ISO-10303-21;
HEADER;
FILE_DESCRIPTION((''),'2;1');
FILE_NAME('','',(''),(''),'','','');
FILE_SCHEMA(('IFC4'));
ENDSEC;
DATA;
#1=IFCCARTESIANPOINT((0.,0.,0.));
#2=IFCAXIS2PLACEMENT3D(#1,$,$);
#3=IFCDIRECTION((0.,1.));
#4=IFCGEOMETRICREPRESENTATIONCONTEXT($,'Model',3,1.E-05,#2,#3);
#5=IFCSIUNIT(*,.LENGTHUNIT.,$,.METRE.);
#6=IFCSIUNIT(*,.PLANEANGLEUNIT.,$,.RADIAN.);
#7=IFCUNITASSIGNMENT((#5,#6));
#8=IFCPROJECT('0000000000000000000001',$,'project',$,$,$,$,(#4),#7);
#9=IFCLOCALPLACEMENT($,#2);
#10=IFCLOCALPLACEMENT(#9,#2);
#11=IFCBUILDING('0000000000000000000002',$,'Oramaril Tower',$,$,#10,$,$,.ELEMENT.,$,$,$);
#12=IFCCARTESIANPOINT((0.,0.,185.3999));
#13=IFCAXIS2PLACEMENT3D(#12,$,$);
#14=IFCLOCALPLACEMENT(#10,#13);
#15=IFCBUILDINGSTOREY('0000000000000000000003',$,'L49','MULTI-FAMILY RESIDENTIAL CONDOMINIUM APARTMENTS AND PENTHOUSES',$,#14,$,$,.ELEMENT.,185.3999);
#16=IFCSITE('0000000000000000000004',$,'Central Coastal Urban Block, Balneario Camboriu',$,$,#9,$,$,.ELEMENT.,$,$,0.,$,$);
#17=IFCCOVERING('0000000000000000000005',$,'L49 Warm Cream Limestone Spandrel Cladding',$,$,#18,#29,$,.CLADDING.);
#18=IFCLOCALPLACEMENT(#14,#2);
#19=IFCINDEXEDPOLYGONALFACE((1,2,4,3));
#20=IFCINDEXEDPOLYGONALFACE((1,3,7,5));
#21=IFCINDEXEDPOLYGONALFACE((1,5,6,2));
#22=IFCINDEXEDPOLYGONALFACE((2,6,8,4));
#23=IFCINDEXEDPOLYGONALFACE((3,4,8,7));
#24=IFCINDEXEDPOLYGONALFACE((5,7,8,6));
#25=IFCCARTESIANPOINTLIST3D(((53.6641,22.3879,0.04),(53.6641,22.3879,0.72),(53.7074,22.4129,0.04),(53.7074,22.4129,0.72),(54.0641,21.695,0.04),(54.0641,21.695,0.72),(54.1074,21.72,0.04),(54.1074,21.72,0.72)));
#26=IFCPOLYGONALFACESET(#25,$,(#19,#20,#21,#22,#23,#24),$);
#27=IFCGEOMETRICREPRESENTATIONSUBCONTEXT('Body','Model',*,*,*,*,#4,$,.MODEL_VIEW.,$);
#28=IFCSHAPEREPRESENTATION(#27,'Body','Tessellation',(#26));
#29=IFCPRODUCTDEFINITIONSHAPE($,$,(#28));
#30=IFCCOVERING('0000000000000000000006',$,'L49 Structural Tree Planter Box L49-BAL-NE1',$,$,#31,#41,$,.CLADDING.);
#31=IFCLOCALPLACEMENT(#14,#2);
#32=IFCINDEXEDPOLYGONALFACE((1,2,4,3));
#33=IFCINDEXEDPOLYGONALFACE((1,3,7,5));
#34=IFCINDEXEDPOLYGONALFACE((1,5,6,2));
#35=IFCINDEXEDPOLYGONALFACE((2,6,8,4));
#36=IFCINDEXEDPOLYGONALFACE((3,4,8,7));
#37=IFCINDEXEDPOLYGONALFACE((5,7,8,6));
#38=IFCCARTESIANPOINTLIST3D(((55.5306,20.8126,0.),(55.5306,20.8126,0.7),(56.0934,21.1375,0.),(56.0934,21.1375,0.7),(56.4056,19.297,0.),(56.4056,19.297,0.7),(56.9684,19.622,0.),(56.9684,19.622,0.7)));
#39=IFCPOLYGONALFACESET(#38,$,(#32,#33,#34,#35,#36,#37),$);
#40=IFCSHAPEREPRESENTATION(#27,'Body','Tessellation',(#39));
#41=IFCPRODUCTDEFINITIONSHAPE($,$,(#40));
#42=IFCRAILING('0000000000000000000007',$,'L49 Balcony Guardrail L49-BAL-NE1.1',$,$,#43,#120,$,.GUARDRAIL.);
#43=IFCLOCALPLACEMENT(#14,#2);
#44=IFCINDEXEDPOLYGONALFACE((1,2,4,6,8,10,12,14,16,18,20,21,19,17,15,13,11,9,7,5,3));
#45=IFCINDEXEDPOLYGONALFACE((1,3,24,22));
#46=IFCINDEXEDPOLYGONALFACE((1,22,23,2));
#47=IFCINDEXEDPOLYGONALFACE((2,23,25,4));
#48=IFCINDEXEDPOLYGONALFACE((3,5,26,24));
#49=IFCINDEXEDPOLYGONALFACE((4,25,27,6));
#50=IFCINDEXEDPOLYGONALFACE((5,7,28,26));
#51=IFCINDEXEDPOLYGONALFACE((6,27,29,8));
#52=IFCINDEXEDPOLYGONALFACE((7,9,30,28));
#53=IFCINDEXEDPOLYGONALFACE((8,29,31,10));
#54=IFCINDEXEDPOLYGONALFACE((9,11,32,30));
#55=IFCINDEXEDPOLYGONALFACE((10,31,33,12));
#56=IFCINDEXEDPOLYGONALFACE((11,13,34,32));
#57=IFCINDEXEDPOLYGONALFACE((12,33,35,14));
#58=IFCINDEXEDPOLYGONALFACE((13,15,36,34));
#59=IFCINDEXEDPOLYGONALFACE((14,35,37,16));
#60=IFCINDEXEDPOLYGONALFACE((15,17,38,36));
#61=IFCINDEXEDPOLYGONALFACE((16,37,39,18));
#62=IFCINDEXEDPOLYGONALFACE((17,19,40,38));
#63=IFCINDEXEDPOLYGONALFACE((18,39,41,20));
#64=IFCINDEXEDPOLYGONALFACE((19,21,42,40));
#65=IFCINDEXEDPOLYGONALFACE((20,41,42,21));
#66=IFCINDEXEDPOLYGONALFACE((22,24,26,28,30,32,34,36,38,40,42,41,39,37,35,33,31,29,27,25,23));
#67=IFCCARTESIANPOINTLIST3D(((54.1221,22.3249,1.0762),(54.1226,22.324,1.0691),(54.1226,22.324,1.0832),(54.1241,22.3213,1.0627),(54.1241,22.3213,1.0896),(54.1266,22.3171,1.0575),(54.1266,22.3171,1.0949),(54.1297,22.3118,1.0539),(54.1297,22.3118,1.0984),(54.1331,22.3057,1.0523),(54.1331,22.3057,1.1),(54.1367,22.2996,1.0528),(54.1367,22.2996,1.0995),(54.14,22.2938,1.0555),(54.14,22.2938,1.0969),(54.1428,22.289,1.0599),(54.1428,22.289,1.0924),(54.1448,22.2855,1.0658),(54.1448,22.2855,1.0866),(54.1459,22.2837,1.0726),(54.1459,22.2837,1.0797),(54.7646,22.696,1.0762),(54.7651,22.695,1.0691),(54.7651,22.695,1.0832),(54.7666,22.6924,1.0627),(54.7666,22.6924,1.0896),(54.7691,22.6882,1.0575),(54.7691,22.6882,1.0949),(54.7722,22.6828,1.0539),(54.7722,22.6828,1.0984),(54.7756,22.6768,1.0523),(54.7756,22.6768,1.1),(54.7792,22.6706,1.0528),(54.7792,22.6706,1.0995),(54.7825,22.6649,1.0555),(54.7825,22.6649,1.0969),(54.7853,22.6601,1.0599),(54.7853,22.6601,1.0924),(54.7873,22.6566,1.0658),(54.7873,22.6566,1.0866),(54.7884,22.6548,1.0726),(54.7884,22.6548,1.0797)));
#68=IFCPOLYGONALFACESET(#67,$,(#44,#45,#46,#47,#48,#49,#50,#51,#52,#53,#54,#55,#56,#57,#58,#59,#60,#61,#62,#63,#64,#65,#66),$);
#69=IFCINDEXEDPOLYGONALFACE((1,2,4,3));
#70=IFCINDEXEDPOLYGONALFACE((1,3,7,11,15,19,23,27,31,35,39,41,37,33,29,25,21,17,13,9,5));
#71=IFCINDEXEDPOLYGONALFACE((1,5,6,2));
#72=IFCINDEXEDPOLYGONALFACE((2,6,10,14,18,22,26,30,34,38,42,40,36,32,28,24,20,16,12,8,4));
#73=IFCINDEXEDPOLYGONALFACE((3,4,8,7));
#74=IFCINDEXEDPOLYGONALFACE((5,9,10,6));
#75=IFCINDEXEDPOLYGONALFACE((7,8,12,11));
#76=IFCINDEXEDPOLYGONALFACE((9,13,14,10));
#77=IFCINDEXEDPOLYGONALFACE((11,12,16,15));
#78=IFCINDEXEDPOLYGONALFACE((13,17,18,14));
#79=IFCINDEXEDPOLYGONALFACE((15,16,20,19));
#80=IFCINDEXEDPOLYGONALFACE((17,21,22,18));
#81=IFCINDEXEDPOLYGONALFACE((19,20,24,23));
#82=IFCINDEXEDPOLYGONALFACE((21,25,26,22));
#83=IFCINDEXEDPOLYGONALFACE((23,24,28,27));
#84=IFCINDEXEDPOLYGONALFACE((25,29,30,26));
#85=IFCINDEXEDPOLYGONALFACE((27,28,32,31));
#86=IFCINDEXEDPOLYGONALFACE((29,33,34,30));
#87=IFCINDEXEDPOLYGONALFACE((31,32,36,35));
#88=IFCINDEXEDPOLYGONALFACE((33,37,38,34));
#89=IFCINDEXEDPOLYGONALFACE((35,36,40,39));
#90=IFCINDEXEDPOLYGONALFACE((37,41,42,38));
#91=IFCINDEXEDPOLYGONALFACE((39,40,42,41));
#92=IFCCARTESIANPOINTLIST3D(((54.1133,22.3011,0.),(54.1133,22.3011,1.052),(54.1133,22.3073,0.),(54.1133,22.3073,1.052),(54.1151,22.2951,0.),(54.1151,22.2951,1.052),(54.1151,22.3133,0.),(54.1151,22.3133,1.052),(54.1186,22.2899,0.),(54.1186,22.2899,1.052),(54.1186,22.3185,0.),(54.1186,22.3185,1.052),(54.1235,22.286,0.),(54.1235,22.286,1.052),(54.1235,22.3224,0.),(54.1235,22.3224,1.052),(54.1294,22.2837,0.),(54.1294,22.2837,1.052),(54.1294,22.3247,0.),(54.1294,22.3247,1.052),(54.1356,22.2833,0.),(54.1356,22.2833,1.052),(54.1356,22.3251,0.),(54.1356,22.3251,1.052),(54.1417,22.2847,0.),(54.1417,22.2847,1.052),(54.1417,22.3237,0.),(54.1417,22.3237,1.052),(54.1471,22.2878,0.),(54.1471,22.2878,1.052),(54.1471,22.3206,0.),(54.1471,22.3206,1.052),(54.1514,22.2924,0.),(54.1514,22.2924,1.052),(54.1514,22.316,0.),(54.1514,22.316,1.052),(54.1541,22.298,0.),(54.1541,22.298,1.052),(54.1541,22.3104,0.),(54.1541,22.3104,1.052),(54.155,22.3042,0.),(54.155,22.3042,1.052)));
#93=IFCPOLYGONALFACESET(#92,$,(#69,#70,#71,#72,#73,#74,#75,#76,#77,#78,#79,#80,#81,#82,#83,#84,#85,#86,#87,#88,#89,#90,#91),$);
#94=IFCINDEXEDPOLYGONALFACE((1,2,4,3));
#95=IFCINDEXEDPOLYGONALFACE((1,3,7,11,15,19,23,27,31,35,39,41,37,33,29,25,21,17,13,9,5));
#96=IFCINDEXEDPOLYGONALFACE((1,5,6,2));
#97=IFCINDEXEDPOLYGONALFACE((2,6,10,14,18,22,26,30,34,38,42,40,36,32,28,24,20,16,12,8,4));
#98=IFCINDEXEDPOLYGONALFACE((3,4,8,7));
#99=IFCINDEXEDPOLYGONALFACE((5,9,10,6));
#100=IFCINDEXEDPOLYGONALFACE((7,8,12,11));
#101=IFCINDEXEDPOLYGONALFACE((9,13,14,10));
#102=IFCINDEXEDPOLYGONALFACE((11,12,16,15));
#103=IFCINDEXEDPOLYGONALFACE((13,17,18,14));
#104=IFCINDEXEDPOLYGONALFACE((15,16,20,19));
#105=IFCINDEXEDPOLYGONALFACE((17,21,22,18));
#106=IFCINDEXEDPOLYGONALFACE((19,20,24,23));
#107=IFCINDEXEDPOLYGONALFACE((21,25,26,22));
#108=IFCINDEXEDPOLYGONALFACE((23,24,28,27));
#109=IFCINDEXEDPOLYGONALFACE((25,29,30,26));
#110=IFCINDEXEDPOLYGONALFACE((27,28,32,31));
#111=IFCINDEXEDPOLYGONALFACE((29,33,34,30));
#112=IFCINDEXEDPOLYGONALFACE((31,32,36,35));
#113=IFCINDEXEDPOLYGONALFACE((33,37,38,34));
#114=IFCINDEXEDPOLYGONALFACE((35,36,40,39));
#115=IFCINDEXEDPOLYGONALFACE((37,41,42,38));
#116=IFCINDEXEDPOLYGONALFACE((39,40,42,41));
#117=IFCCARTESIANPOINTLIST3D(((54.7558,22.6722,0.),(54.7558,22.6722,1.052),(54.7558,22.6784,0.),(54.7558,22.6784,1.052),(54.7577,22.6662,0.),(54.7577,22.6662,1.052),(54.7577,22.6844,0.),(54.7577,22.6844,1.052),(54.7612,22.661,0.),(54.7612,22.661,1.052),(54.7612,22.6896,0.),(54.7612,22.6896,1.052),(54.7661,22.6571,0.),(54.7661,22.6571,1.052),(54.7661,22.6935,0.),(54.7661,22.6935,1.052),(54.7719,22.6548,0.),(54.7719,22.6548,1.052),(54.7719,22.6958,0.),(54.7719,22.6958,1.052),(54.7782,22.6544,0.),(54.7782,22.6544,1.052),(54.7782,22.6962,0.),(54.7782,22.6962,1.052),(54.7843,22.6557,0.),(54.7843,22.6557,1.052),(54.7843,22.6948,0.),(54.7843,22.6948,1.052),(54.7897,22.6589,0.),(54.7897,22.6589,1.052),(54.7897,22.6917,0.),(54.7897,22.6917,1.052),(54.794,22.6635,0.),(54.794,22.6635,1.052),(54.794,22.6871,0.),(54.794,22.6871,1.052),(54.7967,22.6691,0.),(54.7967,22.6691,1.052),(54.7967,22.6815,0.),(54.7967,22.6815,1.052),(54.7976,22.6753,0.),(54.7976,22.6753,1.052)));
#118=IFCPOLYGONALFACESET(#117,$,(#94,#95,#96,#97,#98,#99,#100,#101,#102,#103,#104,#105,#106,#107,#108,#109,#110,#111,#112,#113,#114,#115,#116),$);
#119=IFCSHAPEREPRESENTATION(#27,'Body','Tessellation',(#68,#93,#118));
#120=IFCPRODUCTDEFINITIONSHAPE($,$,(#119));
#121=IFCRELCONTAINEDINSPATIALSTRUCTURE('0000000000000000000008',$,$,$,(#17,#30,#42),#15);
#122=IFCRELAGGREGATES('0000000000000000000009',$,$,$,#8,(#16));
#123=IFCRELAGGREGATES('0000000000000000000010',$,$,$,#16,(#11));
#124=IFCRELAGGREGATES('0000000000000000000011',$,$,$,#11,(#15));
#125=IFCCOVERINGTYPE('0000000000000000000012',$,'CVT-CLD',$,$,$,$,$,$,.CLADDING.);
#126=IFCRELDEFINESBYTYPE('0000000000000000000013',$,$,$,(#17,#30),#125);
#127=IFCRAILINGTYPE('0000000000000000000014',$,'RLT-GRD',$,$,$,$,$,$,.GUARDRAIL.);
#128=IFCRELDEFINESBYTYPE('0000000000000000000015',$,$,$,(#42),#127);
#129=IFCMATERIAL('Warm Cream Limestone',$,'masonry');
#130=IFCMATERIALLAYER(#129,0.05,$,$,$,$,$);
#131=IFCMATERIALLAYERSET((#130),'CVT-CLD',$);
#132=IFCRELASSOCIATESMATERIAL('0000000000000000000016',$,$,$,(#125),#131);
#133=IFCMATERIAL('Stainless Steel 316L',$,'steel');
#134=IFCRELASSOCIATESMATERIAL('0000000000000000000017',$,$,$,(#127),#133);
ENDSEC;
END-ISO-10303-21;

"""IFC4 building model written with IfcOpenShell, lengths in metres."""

from ifc_helpers import new_model, si_unit, direction, frame, origin, origin_2d, place, context, subcontext, project, spatial, rectangle, circle, extrude, material, layer, layer_set, type_object, element, save


model = new_model("IFC4")

# Units and contexts
model_context = context("Model", 3, precision=1e-05, world=origin(), true_north=direction((0.0, 1.0)))
body_context = subcontext(model_context, "Body", "Model", "MODEL_VIEW")
ifc_project = project(units=[si_unit("LENGTHUNIT", "METRE"), si_unit("PLANEANGLEUNIT", "RADIAN")], contexts=[model_context])

# Site, building, storey
site_placement = place(None, origin())
site = spatial("IfcSite", under=ifc_project, at=site_placement, Name="Central Coastal Urban Block, Balneario Camboriu", CompositionType="ELEMENT", RefElevation=0.0)
building_placement = place(site_placement, origin())
building = spatial("IfcBuilding", under=site, at=building_placement, Name="Oramaril Tower", CompositionType="ELEMENT")
storey_placement = place(building_placement, frame((0.0, 0.0, 185.3999)))
storey = spatial("IfcBuildingStorey", under=building, at=storey_placement, Name="L49", Description="MULTI-FAMILY RESIDENTIAL CONDOMINIUM APARTMENTS AND PENTHOUSES", CompositionType="ELEMENT", Elevation=185.3999)

# Coverings
ifc_material_1 = material(Name="Warm Cream Limestone", Category="masonry")
ifc_layer_1 = layer(ifc_material_1, 0.05)
ifc_layer_set_1 = layer_set([ifc_layer_1], Name="CVT-CLD")
covering_type = type_object("IfcCoveringType", Name="CVT-CLD", PredefinedType="CLADDING", material=ifc_layer_set_1)
covering_1_placement = place(storey_placement, frame((53.8857, 22.054, 0.04), z_axis=(0.0, 0.0, 1.0), x_axis=(-0.5, 0.866025, 0.0)))
element("IfcCovering", 1, at=covering_1_placement, inside=storey, type_object=covering_type, Name="L49 Warm Cream Limestone Spandrel Cladding", PredefinedType="CLADDING", context=body_context, shape_type="SweptSolid", body=[
    extrude(rectangle(XDim=0.8, YDim=0.05, at=origin_2d()), origin(), (0.0, 0.0, 1.0), 0.6799),
])
covering_2_placement = place(storey_placement, frame((56.2495, 20.2173, 0.0), z_axis=(0.0, 0.0, 1.0), x_axis=(-0.500002, 0.866025, 0.0)))
element("IfcCovering", 2, at=covering_2_placement, inside=storey, type_object=covering_type, Name="L49 Structural Tree Planter Box L49-BAL-NE1", PredefinedType="CLADDING", context=body_context, shape_type="SweptSolid", body=[
    extrude(rectangle(XDim=1.75, YDim=0.6499, at=origin_2d()), origin(), (0.0, 0.0, 1.0), 0.7),
])

# Railing
ifc_material_2 = material(Name="Stainless Steel 316L", Category="steel")
railing_type = type_object("IfcRailingType", Name="RLT-GRD", PredefinedType="GUARDRAIL", material=ifc_material_2)
railing_1_placement = place(storey_placement, frame((54.134, 22.3042, 0.0)))
element("IfcRailing", 3, at=railing_1_placement, inside=storey, type_object=railing_type, Name="L49 Balcony Guardrail L49-BAL-NE1.1", PredefinedType="GUARDRAIL", context=body_context, shape_type="SweptSolid", body=[
    extrude(circle(Radius=0.0239, at=origin_2d()), frame((0.0, 0.0, 1.0762), z_axis=(0.865966, 0.500102, 0.0), x_axis=(-0.500102, 0.865966, 0.0)), (0.0, 0.0, 1.0), 0.7419),
    extrude(circle(Radius=0.021, at=origin_2d()), origin(), (0.0, 0.0, 1.0), 1.052),
    extrude(circle(Radius=0.021, at=origin_2d()), frame((0.6426, 0.3711, 0.0)), (0.0, 0.0, 1.0), 1.052),
])

save(model, "model.ifc")
